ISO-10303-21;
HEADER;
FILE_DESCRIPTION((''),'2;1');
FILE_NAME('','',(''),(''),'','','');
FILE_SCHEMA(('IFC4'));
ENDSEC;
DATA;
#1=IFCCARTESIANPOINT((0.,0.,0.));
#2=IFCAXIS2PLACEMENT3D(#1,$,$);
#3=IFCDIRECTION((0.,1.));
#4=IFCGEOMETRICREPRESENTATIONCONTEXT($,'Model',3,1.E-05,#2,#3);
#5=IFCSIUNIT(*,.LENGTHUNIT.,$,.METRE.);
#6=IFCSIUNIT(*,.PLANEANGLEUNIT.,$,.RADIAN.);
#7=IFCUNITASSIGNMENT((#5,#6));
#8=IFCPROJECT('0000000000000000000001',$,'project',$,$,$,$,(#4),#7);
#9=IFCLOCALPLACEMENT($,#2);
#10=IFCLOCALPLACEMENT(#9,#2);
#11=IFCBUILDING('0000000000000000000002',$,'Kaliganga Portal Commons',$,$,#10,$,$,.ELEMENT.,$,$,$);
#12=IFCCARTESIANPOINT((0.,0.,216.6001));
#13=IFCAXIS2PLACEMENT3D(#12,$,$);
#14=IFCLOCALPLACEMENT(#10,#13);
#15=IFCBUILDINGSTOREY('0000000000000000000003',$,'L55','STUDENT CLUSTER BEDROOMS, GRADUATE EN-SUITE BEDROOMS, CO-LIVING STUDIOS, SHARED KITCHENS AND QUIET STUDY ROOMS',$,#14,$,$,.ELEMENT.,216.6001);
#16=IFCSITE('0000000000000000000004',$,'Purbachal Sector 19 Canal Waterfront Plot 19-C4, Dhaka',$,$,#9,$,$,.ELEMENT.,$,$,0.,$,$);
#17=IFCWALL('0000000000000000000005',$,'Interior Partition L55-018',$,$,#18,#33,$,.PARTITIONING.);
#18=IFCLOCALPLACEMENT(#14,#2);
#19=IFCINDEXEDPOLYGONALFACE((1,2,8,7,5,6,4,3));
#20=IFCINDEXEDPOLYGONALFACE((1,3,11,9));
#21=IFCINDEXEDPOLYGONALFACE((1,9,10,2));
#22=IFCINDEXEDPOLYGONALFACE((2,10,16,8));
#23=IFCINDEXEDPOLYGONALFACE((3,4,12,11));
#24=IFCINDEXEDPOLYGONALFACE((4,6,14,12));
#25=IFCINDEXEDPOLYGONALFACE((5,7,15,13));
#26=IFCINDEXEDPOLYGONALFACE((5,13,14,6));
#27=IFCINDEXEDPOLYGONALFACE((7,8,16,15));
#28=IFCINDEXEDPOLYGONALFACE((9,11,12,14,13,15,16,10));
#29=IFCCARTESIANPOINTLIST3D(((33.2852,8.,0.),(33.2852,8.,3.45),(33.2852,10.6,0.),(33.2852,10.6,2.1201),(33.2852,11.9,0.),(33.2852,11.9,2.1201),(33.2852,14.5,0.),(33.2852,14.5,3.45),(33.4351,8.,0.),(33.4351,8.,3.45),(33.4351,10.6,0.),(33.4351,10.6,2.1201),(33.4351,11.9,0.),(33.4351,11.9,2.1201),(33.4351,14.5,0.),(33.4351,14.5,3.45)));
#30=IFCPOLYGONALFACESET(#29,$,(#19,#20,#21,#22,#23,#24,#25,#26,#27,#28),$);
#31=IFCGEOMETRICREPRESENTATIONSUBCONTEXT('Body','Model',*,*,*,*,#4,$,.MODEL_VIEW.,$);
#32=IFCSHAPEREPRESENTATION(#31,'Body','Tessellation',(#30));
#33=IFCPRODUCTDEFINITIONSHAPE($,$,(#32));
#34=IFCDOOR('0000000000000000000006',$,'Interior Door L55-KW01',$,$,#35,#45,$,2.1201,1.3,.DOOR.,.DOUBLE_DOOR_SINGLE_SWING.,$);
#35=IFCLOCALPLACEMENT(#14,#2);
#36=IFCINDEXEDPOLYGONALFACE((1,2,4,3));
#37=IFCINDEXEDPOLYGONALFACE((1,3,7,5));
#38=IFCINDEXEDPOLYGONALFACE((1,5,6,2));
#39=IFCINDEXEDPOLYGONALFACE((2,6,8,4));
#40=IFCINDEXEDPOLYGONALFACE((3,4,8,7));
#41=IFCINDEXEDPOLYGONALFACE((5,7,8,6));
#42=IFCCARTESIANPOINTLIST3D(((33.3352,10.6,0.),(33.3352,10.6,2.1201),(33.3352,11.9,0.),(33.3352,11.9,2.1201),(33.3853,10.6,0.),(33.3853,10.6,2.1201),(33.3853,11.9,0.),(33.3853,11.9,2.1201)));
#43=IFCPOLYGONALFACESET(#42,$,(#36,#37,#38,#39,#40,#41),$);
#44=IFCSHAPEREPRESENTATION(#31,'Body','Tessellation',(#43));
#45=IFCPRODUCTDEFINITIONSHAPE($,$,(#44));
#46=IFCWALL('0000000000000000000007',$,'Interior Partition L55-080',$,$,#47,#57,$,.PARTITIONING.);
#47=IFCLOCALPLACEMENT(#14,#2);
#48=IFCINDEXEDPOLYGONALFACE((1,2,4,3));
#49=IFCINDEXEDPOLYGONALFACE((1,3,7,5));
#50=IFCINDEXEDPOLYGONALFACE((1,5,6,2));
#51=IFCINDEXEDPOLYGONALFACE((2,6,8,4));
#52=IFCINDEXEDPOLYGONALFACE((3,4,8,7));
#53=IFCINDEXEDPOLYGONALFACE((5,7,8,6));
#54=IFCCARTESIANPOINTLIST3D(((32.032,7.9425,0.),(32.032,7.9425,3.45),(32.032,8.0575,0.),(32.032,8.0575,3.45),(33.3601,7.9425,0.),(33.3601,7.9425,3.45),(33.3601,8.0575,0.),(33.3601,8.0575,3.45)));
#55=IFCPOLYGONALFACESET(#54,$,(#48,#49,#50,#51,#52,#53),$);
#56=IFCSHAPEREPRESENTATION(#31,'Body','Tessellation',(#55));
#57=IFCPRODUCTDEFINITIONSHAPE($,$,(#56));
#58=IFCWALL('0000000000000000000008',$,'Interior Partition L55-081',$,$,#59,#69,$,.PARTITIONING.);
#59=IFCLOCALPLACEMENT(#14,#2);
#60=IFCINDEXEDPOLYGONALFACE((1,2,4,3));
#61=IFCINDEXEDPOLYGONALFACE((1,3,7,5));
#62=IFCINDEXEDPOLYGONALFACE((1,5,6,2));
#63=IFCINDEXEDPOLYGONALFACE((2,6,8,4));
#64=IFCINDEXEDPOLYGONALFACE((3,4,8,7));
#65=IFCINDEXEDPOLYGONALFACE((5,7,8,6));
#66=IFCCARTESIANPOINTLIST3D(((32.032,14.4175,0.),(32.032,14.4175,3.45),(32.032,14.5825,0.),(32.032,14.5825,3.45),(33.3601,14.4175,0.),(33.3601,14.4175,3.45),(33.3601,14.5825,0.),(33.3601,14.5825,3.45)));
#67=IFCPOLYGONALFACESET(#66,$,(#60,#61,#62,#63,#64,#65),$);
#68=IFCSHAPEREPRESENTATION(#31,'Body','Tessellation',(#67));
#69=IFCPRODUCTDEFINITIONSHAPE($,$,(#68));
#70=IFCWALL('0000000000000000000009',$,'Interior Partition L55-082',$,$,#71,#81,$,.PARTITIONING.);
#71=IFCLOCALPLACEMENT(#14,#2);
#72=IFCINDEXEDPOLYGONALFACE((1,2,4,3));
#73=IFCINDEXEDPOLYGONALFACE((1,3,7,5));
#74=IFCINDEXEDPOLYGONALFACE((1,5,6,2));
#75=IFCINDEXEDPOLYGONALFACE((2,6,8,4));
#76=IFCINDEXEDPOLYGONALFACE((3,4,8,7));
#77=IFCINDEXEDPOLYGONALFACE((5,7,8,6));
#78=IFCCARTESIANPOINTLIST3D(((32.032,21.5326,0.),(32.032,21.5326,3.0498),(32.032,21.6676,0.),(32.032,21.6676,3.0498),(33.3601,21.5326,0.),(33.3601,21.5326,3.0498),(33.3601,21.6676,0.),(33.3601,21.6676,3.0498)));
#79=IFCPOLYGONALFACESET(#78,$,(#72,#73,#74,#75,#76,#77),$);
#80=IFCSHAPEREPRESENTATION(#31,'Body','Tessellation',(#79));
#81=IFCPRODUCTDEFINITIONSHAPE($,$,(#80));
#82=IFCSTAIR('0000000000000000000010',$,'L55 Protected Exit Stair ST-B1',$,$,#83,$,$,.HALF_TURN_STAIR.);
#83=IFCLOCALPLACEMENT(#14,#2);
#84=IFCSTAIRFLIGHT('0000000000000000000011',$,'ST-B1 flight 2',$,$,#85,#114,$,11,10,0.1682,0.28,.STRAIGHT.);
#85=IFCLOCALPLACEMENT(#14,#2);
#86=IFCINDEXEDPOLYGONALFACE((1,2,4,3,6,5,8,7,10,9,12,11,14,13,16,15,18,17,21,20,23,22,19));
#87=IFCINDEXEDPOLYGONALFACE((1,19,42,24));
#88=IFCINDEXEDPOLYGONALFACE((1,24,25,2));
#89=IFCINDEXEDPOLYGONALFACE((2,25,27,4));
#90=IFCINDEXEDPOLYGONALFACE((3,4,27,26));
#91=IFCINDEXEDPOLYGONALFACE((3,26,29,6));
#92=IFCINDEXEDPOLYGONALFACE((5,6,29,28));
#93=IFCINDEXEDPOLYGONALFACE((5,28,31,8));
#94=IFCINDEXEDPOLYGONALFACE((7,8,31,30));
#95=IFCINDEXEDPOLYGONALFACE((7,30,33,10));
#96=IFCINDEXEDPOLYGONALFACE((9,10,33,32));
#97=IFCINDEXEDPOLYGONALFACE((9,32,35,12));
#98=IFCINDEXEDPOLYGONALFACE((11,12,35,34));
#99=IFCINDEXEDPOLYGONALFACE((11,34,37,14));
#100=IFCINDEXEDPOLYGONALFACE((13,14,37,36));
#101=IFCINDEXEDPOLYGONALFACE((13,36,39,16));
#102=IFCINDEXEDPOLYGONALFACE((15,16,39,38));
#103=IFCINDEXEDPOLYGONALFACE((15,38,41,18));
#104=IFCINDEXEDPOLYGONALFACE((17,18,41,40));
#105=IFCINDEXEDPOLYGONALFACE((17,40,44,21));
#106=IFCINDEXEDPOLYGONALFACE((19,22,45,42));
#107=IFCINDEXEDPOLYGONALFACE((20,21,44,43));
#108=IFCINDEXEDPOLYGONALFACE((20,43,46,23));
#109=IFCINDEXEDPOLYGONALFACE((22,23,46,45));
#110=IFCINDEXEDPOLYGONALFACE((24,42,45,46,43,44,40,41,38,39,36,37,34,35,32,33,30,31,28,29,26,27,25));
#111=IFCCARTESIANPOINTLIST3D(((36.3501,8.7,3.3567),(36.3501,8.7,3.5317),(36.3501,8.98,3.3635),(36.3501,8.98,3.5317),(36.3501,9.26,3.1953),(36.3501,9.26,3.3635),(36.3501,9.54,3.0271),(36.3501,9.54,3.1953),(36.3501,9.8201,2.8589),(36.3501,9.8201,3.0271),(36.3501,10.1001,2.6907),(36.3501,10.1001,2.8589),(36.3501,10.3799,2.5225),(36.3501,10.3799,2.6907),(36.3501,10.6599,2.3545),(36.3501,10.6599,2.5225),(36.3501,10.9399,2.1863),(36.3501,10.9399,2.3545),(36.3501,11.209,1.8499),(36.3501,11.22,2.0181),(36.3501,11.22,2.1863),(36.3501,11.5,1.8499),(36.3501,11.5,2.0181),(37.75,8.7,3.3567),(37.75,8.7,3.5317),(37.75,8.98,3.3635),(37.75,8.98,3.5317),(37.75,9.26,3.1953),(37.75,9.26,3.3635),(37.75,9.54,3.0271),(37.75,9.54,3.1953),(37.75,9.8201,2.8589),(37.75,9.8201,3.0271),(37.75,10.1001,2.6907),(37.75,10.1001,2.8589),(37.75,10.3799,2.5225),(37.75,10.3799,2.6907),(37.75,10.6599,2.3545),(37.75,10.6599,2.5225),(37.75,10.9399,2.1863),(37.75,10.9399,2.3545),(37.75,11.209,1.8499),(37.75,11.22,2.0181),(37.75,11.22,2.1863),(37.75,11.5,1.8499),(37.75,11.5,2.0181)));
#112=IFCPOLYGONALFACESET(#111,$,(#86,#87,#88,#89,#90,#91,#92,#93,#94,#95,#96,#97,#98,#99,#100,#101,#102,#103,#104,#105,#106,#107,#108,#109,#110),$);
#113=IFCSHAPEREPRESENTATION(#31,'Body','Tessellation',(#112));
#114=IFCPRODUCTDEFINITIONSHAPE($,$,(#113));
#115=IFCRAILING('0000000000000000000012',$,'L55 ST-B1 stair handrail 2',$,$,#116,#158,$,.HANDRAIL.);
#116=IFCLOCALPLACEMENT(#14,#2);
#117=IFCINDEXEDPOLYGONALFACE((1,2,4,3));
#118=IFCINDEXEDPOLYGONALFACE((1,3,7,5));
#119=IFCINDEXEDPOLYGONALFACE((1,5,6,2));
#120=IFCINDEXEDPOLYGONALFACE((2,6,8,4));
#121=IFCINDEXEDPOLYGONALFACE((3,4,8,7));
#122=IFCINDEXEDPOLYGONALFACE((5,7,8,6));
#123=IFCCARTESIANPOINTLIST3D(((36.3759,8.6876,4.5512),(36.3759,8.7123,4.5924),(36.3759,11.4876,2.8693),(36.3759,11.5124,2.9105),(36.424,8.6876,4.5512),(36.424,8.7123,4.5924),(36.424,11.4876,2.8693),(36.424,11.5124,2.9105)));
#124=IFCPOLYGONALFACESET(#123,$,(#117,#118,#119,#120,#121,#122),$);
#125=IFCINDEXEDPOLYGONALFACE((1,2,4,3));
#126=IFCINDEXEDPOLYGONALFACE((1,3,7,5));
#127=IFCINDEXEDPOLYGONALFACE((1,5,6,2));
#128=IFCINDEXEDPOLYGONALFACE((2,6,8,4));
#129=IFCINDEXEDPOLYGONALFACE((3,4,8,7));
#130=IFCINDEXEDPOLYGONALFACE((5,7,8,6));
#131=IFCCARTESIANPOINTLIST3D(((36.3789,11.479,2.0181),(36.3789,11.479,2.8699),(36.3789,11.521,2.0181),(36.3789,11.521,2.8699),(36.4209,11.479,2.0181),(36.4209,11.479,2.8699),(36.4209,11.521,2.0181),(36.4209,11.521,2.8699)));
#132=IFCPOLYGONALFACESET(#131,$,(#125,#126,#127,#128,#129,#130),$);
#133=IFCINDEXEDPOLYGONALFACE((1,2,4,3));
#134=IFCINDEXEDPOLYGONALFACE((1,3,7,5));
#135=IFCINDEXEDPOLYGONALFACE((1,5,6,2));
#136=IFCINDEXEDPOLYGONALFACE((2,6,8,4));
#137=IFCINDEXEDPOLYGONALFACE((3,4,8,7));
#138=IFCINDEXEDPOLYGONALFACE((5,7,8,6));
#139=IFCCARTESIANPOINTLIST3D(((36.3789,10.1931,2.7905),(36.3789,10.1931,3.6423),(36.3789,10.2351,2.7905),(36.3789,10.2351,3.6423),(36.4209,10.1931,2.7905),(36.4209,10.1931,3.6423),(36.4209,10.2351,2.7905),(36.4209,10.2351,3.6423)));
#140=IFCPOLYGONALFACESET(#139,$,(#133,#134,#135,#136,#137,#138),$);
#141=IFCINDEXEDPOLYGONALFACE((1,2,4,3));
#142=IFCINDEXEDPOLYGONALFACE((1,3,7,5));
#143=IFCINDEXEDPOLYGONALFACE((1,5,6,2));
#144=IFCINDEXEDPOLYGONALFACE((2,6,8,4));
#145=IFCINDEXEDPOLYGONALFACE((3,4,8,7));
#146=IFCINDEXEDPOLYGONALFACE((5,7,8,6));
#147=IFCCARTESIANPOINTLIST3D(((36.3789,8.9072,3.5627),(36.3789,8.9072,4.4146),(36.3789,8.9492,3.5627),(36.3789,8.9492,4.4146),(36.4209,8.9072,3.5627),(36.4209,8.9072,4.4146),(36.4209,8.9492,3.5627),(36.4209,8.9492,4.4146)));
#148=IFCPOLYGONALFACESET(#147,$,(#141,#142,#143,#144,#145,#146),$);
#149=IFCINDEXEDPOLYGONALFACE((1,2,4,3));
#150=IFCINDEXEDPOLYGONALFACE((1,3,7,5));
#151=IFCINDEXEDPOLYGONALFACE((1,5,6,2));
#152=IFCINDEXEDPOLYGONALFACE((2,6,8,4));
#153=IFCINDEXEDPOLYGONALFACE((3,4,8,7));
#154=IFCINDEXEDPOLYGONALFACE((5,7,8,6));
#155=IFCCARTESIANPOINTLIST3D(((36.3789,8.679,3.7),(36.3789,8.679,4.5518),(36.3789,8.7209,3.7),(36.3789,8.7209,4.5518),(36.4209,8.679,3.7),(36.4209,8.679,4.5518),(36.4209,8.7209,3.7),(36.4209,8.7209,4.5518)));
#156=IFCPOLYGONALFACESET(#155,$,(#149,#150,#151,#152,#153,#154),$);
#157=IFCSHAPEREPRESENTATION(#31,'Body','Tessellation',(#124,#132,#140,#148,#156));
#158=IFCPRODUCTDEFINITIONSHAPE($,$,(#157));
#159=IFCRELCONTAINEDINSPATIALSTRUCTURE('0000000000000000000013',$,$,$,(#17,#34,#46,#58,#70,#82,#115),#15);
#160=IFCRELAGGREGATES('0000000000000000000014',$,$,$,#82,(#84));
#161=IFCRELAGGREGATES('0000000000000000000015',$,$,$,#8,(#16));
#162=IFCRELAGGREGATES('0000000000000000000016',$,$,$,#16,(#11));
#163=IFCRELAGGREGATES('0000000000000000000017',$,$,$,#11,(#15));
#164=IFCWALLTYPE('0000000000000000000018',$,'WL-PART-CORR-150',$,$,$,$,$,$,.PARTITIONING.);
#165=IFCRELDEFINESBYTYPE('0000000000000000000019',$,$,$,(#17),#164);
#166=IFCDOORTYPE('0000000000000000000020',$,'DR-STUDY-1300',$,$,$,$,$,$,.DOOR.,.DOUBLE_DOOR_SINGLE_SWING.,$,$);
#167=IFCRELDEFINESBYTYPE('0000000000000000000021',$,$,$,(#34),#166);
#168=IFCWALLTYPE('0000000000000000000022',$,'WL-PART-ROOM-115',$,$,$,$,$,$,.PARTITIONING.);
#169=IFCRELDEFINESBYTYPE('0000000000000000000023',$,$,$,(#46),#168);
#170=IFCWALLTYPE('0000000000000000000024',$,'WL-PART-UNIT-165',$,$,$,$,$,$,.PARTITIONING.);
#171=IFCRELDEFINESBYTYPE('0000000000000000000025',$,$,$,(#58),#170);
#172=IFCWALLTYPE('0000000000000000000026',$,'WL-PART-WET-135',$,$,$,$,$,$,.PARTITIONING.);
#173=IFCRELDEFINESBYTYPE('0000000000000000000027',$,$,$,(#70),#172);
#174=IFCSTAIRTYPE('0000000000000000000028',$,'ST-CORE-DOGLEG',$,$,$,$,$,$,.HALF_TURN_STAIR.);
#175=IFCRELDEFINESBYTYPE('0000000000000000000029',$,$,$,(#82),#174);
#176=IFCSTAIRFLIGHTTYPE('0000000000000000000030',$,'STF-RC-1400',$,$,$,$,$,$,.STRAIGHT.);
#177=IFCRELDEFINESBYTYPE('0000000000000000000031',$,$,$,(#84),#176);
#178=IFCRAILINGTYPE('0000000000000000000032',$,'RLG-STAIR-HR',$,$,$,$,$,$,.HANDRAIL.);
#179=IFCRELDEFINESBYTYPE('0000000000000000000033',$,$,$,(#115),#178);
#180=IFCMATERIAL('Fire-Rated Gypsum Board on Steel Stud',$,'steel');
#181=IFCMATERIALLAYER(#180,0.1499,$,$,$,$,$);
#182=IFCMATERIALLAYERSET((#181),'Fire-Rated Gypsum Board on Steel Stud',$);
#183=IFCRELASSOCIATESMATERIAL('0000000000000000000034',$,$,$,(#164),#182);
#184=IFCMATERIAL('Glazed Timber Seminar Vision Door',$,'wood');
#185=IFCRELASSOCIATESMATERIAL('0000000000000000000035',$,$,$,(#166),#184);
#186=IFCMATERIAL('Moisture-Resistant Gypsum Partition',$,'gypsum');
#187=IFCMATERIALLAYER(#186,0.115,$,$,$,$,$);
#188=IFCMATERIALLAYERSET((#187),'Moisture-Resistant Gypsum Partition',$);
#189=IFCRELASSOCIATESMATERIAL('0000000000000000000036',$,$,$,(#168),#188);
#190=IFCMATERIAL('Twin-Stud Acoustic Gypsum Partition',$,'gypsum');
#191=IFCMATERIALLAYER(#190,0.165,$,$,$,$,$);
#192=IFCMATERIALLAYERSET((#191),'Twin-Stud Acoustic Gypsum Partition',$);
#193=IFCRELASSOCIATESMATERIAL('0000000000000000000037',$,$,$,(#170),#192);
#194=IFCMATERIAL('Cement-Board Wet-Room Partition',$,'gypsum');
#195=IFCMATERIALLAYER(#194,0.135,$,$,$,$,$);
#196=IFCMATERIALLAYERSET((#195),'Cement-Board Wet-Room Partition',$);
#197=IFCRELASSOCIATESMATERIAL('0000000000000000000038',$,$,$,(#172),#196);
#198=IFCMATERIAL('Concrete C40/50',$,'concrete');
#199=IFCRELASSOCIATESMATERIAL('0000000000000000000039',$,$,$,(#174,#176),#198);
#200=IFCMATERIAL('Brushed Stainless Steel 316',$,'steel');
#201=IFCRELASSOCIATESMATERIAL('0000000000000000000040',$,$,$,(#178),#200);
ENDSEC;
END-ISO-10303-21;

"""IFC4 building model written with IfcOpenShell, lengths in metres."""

from ifc_helpers import new_model, si_unit, direction, frame, frame_2d, origin, origin_2d, place, context, subcontext, project, spatial, polyline, rectangle, outline, extrude, material, layer, layer_set, type_object, element, fill, aggregate, save


model = new_model("IFC4")

# Units and contexts
model_context = context("Model", 3, precision=1e-05, world=origin(), true_north=direction((0.0, 1.0)))
body_context = subcontext(model_context, "Body", "Model", "MODEL_VIEW")
ifc_project = project(units=[si_unit("LENGTHUNIT", "METRE"), si_unit("PLANEANGLEUNIT", "RADIAN")], contexts=[model_context])

# Site, building, storey
site_placement = place(None, origin())
site = spatial("IfcSite", under=ifc_project, at=site_placement, Name="Purbachal Sector 19 Canal Waterfront Plot 19-C4, Dhaka", CompositionType="ELEMENT", RefElevation=0.0)
building_placement = place(site_placement, origin())
building = spatial("IfcBuilding", under=site, at=building_placement, Name="Kaliganga Portal Commons", CompositionType="ELEMENT")
storey_placement = place(building_placement, frame((0.0, 0.0, 216.6001)))
storey = spatial("IfcBuildingStorey", under=building, at=storey_placement, Name="L55", Description="STUDENT CLUSTER BEDROOMS, GRADUATE EN-SUITE BEDROOMS, CO-LIVING STUDIOS, SHARED KITCHENS AND QUIET STUDY ROOMS", CompositionType="ELEMENT", Elevation=216.6001)

# Shared definitions
ifc_material_1 = material(Name="Fire-Rated Gypsum Board on Steel Stud", Category="steel")
ifc_layer_1 = layer(ifc_material_1, 0.1499)
ifc_layer_set_1 = layer_set([ifc_layer_1], Name="Fire-Rated Gypsum Board on Steel Stud")
wall_type_1 = type_object("IfcWallType", Name="WL-PART-CORR-150", PredefinedType="PARTITIONING", material=ifc_layer_set_1)
ifc_material_2 = material(Name="Glazed Timber Seminar Vision Door", Category="wood")
door_type = type_object("IfcDoorType", Name="DR-STUDY-1300", OperationType="DOUBLE_DOOR_SINGLE_SWING", PredefinedType="DOOR", material=ifc_material_2)

# Wall, opening, door
wall_1_placement = place(storey_placement, frame((33.3601, 8.0, 0.0), z_axis=(0.0, 0.0, 1.0), x_axis=(0.0, 1.0, 0.0)))
wall_1 = element("IfcWall", 1, at=wall_1_placement, inside=storey, type_object=wall_type_1, Name="Interior Partition L55-018", PredefinedType="PARTITIONING", context=body_context, shape_type="SweptSolid", body=[
    extrude(rectangle(XDim=6.5, YDim=0.1499, at=frame_2d((3.25, 0.0))), origin(), (0.0, 0.0, 1.0), 3.45),
])
opening_1_placement = place(wall_1_placement, frame((2.6001, 0.0, 0.0)))
opening_1 = element("IfcOpeningElement", 2, at=opening_1_placement, cuts=wall_1, PredefinedType="OPENING", context=body_context, shape_type="SweptSolid", body=[
    extrude(rectangle(XDim=1.3, YDim=2.1201, at=frame_2d((0.6499, 1.0601))), frame((0.0, 0.085, 0.0), z_axis=(0.0, -1.0, 0.0), x_axis=(1.0, 0.0, 0.0)), (0.0, 0.0, 1.0), 0.1699),
])
door_1_placement = place(opening_1_placement, origin())
door_1 = element("IfcDoor", 3, at=door_1_placement, inside=storey, type_object=door_type, Name="Interior Door L55-KW01", OperationType="DOUBLE_DOOR_SINGLE_SWING", OverallHeight=2.1201, OverallWidth=1.3, PredefinedType="DOOR", context=body_context, shape_type="SweptSolid", body=[
    extrude(rectangle(XDim=1.3, YDim=2.1201, at=frame_2d((0.6499, 1.0601))), frame((0.0, 0.0249, 0.0), z_axis=(0.0, -1.0, 0.0), x_axis=(1.0, 0.0, 0.0)), (0.0, 0.0, 1.0), 0.05),
])
fill(opening_1, door_1)

# Walls
ifc_material_3 = material(Name="Moisture-Resistant Gypsum Partition", Category="gypsum")
ifc_layer_2 = layer(ifc_material_3, 0.115)
ifc_layer_set_2 = layer_set([ifc_layer_2], Name="Moisture-Resistant Gypsum Partition")
wall_type_2 = type_object("IfcWallType", Name="WL-PART-ROOM-115", PredefinedType="PARTITIONING", material=ifc_layer_set_2)
wall_2_placement = place(storey_placement, frame((32.032, 8.0, 0.0), z_axis=(0.0, 0.0, 1.0), x_axis=(1.0, 0.0, 0.0)))
element("IfcWall", 4, at=wall_2_placement, inside=storey, type_object=wall_type_2, Name="Interior Partition L55-080", PredefinedType="PARTITIONING", context=body_context, shape_type="SweptSolid", body=[
    extrude(rectangle(XDim=1.3281, YDim=0.115, at=frame_2d((0.6641, 0.0))), origin(), (0.0, 0.0, 1.0), 3.45),
])
ifc_material_4 = material(Name="Twin-Stud Acoustic Gypsum Partition", Category="gypsum")
ifc_layer_3 = layer(ifc_material_4, 0.165)
ifc_layer_set_3 = layer_set([ifc_layer_3], Name="Twin-Stud Acoustic Gypsum Partition")
wall_type_3 = type_object("IfcWallType", Name="WL-PART-UNIT-165", PredefinedType="PARTITIONING", material=ifc_layer_set_3)
wall_3_placement = place(storey_placement, frame((32.032, 14.5, 0.0), z_axis=(0.0, 0.0, 1.0), x_axis=(1.0, 0.0, 0.0)))
element("IfcWall", 5, at=wall_3_placement, inside=storey, type_object=wall_type_3, Name="Interior Partition L55-081", PredefinedType="PARTITIONING", context=body_context, shape_type="SweptSolid", body=[
    extrude(rectangle(XDim=1.3281, YDim=0.165, at=frame_2d((0.6641, 0.0))), origin(), (0.0, 0.0, 1.0), 3.45),
])
ifc_material_5 = material(Name="Cement-Board Wet-Room Partition", Category="gypsum")
ifc_layer_4 = layer(ifc_material_5, 0.135)
ifc_layer_set_4 = layer_set([ifc_layer_4], Name="Cement-Board Wet-Room Partition")
wall_type_4 = type_object("IfcWallType", Name="WL-PART-WET-135", PredefinedType="PARTITIONING", material=ifc_layer_set_4)
wall_4_placement = place(storey_placement, frame((32.032, 21.6001, 0.0), z_axis=(0.0, 0.0, 1.0), x_axis=(1.0, 0.0, 0.0)))
element("IfcWall", 6, at=wall_4_placement, inside=storey, type_object=wall_type_4, Name="Interior Partition L55-082", PredefinedType="PARTITIONING", context=body_context, shape_type="SweptSolid", body=[
    extrude(rectangle(XDim=1.3281, YDim=0.135, at=frame_2d((0.6641, 0.0))), origin(), (0.0, 0.0, 1.0), 3.0498),
])

# Stair, stair flight
ifc_material_6 = material(Name="Concrete C40/50", Category="concrete")
stair_type = type_object("IfcStairType", Name="ST-CORE-DOGLEG", PredefinedType="HALF_TURN_STAIR", material=ifc_material_6)
stair_placement = place(storey_placement, origin())
stair = element("IfcStair", 7, at=stair_placement, inside=storey, type_object=stair_type, Name="L55 Protected Exit Stair ST-B1", PredefinedType="HALF_TURN_STAIR")
stair_flight_type = type_object("IfcStairFlightType", Name="STF-RC-1400", PredefinedType="STRAIGHT", material=ifc_material_6)
stair_flight_placement = place(storey_placement, frame((37.05, 11.5, 1.8499), z_axis=(0.0, 0.0, 1.0), x_axis=(0.0, -1.0, 0.0)))
stair_flight = element("IfcStairFlight", 8, at=stair_flight_placement, type_object=stair_flight_type, Name="ST-B1 flight 2", NumberOfRisers=11, NumberOfTreads=10, PredefinedType="STRAIGHT", RiserHeight=0.1682, TreadLength=0.28, context=body_context, shape_type="SweptSolid", body=[
    extrude(outline(polyline([(0.0, 0.0), (0.0, 0.1682), (0.28, 0.1682), (0.28, 0.3364), (0.5601, 0.3364), (0.5601, 0.5046), (0.8401, 0.5046), (0.8401, 0.6726), (1.1201, 0.6726), (1.1201, 0.8408), (1.3999, 0.8408), (1.3999, 1.009), (1.6799, 1.009), (1.6799, 1.1772), (1.96, 1.1772), (1.96, 1.3455), (2.24, 1.3455), (2.24, 1.5137), (2.52, 1.5137), (2.52, 1.6819), (2.8, 1.6819), (2.8, 1.8501), (2.8, 1.5068), (0.291, 0.0), (0.0, 0.0)])), frame((0.0, 0.7, 0.0), z_axis=(0.0, -1.0, 0.0), x_axis=(1.0, 0.0, 0.0)), (0.0, 0.0, 1.0), 1.3999),
])
aggregate(stair, [stair_flight])

# Railing
ifc_material_7 = material(Name="Brushed Stainless Steel 316", Category="steel")
railing_type = type_object("IfcRailingType", Name="RLG-STAIR-HR", PredefinedType="HANDRAIL", material=ifc_material_7)
railing_placement = place(storey_placement, frame((36.3999, 11.5, 2.0181)))
element("IfcRailing", 9, at=railing_placement, inside=storey, type_object=railing_type, Name="L55 ST-B1 stair handrail 2", PredefinedType="HANDRAIL", context=body_context, shape_type="SweptSolid", body=[
    extrude(rectangle(XDim=0.0481, YDim=0.0481, at=origin_2d()), frame((0.0, 0.0, 0.8718), z_axis=(0.0, -0.857242, 0.514913), x_axis=(1.0, 0.0, 0.0)), (0.0, 0.0, 1.0), 3.2664),
    extrude(rectangle(XDim=0.042, YDim=0.042, at=origin_2d()), origin(), (0.0, 0.0, 1.0), 0.8518),
    extrude(rectangle(XDim=0.042, YDim=0.042, at=origin_2d()), frame((0.0, -1.2859, 0.7725)), (0.0, 0.0, 1.0), 0.8518),
    extrude(rectangle(XDim=0.042, YDim=0.042, at=origin_2d()), frame((0.0, -2.5718, 1.5447)), (0.0, 0.0, 1.0), 0.8518),
    extrude(rectangle(XDim=0.042, YDim=0.042, at=origin_2d()), frame((0.0, -2.8, 1.6819)), (0.0, 0.0, 1.0), 0.8518),
])

save(model, "model.ifc")
